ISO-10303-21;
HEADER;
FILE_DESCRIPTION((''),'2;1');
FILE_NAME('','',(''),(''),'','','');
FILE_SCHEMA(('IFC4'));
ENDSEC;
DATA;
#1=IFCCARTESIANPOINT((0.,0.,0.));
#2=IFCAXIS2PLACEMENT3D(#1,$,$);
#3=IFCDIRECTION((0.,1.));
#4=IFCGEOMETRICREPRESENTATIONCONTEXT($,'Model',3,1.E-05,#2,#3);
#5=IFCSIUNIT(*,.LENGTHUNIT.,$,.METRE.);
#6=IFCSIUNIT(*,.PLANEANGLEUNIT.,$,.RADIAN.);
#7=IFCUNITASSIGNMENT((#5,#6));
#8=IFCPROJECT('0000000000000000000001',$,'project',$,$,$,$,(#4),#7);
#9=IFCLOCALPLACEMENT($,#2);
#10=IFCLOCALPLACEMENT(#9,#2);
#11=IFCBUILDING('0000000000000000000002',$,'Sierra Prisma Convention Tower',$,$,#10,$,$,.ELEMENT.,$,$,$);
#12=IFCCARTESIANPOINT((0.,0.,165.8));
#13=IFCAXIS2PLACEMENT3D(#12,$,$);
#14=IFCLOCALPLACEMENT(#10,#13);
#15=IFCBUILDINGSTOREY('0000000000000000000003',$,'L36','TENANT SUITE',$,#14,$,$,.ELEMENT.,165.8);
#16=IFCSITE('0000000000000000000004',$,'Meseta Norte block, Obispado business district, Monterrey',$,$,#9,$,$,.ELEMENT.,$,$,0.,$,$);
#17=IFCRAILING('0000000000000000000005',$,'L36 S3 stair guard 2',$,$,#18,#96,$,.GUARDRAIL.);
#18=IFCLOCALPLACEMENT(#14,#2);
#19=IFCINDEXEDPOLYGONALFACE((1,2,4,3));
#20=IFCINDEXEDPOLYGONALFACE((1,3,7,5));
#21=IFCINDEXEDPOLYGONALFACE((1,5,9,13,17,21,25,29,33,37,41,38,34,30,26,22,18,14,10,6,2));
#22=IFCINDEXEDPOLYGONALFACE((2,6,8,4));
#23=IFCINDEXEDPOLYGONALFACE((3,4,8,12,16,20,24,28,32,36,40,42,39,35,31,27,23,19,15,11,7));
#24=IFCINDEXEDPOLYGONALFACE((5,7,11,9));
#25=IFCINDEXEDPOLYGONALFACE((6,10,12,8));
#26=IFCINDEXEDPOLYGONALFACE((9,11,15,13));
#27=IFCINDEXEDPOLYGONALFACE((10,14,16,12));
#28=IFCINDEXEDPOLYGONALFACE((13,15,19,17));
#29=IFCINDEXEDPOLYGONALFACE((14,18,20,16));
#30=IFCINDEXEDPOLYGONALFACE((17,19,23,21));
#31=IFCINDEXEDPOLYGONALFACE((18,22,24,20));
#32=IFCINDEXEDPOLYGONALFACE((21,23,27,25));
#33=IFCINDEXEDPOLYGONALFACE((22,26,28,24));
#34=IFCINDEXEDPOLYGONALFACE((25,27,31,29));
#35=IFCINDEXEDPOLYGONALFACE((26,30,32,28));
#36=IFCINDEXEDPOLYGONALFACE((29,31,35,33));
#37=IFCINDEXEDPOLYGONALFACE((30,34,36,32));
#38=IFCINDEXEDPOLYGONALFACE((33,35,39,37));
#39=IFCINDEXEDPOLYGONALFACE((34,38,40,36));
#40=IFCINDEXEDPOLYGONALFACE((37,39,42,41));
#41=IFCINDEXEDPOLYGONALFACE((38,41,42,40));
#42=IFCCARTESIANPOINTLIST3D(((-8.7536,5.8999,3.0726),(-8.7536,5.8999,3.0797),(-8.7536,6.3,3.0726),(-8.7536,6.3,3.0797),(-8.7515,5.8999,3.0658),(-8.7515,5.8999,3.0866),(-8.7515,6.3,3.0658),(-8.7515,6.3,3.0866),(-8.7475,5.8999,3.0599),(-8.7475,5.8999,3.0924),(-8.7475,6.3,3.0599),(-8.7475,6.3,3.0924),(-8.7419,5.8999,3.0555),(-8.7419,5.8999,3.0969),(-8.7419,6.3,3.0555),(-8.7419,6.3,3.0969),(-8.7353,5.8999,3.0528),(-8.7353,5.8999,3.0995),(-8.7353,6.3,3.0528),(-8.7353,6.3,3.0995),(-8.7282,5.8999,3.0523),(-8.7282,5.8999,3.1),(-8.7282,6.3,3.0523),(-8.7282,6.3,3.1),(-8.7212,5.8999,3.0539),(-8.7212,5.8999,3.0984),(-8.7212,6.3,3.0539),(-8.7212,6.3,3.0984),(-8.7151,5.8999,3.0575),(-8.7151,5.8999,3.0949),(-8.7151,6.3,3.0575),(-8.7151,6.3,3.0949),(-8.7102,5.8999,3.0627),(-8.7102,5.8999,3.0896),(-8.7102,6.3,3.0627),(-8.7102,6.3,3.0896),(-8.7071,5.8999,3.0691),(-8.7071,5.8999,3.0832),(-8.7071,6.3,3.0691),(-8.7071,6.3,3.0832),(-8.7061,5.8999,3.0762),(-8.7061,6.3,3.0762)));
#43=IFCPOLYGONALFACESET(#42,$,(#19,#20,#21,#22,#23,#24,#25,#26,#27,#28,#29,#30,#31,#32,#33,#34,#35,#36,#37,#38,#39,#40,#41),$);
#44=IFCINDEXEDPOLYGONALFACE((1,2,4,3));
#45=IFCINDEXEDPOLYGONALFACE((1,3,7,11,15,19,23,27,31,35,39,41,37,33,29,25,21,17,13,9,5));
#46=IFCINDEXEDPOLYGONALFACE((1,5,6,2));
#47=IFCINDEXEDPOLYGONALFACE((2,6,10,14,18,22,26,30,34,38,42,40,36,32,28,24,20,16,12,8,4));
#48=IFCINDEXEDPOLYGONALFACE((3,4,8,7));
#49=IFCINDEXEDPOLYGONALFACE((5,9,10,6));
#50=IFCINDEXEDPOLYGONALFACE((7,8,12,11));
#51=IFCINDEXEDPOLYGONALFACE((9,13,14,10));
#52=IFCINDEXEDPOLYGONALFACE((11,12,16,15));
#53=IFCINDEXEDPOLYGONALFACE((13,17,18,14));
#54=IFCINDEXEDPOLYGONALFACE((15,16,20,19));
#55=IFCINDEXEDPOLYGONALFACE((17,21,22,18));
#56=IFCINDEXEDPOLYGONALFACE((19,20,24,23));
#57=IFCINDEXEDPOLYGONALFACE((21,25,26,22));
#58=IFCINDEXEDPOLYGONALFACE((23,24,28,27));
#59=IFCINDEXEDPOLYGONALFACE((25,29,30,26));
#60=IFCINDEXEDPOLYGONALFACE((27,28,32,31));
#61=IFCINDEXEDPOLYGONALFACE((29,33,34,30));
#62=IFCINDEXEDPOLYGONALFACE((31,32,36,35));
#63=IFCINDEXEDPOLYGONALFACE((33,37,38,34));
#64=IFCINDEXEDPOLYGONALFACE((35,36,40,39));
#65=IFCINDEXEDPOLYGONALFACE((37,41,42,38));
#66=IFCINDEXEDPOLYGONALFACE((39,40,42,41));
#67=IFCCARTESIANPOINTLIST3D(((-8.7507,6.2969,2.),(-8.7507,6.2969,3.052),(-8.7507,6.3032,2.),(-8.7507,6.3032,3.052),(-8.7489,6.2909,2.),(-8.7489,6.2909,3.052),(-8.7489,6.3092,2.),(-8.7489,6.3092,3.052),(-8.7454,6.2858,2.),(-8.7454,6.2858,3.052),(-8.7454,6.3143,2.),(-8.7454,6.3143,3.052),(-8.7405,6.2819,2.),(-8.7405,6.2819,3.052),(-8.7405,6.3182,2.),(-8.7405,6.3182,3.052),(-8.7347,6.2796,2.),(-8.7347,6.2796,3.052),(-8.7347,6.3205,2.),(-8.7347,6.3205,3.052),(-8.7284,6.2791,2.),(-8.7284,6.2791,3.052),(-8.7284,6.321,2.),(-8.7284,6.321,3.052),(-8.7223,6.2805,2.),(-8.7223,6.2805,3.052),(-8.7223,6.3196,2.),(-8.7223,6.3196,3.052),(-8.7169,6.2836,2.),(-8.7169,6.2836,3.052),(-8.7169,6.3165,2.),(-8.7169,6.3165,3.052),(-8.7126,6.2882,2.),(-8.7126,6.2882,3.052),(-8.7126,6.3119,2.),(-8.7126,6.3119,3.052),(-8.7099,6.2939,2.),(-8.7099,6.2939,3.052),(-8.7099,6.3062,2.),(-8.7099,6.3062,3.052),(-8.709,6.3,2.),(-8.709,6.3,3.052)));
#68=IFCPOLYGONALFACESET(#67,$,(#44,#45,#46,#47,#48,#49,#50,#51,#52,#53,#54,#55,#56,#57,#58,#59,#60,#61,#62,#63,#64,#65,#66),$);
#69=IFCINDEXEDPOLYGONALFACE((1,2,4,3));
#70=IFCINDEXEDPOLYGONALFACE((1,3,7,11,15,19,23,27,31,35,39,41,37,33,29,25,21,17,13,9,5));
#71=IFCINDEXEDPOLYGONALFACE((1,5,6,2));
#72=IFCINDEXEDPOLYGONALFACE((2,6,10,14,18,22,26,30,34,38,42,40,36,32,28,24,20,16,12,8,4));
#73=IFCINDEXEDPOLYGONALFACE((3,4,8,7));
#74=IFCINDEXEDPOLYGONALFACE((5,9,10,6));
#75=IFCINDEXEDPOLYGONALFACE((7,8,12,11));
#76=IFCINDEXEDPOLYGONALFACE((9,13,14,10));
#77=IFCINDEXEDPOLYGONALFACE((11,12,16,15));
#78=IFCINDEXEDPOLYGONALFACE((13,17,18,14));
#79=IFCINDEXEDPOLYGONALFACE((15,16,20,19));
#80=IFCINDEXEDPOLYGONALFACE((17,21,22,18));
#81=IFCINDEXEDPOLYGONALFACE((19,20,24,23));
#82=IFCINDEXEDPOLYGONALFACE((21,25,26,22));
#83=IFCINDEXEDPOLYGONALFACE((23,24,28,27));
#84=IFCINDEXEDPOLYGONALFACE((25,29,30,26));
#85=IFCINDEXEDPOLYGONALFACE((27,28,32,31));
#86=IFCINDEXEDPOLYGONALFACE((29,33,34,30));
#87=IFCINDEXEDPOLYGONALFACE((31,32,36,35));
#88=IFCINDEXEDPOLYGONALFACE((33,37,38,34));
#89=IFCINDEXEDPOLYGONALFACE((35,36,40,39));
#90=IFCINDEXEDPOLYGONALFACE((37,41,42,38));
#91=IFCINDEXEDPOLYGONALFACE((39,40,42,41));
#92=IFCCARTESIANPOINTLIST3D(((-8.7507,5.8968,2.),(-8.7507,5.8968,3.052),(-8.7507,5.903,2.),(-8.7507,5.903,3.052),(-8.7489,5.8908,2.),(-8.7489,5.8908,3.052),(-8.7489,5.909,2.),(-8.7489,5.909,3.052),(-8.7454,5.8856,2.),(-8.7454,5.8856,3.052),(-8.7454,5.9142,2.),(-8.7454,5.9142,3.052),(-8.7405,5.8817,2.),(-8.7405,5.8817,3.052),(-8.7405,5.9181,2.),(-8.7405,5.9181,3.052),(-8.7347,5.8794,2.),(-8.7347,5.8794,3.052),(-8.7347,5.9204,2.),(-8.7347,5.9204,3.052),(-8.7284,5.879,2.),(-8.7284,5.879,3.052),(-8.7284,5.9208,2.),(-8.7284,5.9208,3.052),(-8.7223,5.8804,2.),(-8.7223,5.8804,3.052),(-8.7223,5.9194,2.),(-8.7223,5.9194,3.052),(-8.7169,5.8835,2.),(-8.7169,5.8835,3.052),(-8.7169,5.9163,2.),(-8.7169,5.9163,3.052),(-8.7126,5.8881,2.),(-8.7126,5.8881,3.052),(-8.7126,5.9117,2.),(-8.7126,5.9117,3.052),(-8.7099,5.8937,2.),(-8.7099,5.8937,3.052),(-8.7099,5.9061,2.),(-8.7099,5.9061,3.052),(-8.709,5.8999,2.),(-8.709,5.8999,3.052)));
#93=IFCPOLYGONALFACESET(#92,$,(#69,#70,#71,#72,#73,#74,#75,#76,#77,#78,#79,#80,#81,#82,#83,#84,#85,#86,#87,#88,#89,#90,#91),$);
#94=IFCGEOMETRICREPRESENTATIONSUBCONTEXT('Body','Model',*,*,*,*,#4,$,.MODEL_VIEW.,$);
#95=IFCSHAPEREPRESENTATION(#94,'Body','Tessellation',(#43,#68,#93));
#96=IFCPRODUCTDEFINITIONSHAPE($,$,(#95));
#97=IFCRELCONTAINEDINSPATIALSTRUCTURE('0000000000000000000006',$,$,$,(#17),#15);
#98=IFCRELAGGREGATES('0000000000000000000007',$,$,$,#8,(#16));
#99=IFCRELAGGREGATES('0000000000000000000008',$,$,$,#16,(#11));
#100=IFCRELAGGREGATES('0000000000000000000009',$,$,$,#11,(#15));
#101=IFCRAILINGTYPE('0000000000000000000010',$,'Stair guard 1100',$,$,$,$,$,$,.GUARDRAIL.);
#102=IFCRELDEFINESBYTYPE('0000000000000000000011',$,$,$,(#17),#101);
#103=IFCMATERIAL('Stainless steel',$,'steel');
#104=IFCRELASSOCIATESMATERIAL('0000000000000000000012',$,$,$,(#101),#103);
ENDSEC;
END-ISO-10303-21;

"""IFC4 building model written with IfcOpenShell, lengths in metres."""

from ifc_helpers import new_model, si_unit, direction, frame, origin, origin_2d, place, context, subcontext, project, spatial, circle, extrude, material, type_object, element, save


model = new_model("IFC4")

# Units and contexts
model_context = context("Model", 3, precision=1e-05, world=origin(), true_north=direction((0.0, 1.0)))
body_context = subcontext(model_context, "Body", "Model", "MODEL_VIEW")
ifc_project = project(units=[si_unit("LENGTHUNIT", "METRE"), si_unit("PLANEANGLEUNIT", "RADIAN")], contexts=[model_context])

# Site, building, storey
site_placement = place(None, origin())
site = spatial("IfcSite", under=ifc_project, at=site_placement, Name="Meseta Norte block, Obispado business district, Monterrey", CompositionType="ELEMENT", RefElevation=0.0)
building_placement = place(site_placement, origin())
building = spatial("IfcBuilding", under=site, at=building_placement, Name="Sierra Prisma Convention Tower", CompositionType="ELEMENT")
storey_placement = place(building_placement, frame((0.0, 0.0, 165.8)))
storey = spatial("IfcBuildingStorey", under=building, at=storey_placement, Name="L36", Description="TENANT SUITE", CompositionType="ELEMENT", Elevation=165.8)

# Railing
ifc_material_1 = material(Name="Stainless steel", Category="steel")
railing_type_1 = type_object("IfcRailingType", Name="Stair guard 1100", PredefinedType="GUARDRAIL", material=ifc_material_1)
railing_1_placement = place(storey_placement, frame((-8.73, 6.3, 2.0)))
element("IfcRailing", 1, at=railing_1_placement, inside=storey, type_object=railing_type_1, Name="L36 S3 stair guard 2", PredefinedType="GUARDRAIL", context=body_context, shape_type="SweptSolid", body=[
    extrude(circle(Radius=0.0239, at=origin_2d()), frame((0.0, 0.0, 1.0762), z_axis=(0.0, -1.0, 0.0), x_axis=(1.0, 0.0, 0.0)), (0.0, 0.0, 1.0), 0.4001),
    extrude(circle(Radius=0.021, at=origin_2d()), origin(), (0.0, 0.0, 1.0), 1.052),
    extrude(circle(Radius=0.021, at=origin_2d()), frame((0.0, -0.4001, 0.0)), (0.0, 0.0, 1.0), 1.052),
])

save(model, "model.ifc")
